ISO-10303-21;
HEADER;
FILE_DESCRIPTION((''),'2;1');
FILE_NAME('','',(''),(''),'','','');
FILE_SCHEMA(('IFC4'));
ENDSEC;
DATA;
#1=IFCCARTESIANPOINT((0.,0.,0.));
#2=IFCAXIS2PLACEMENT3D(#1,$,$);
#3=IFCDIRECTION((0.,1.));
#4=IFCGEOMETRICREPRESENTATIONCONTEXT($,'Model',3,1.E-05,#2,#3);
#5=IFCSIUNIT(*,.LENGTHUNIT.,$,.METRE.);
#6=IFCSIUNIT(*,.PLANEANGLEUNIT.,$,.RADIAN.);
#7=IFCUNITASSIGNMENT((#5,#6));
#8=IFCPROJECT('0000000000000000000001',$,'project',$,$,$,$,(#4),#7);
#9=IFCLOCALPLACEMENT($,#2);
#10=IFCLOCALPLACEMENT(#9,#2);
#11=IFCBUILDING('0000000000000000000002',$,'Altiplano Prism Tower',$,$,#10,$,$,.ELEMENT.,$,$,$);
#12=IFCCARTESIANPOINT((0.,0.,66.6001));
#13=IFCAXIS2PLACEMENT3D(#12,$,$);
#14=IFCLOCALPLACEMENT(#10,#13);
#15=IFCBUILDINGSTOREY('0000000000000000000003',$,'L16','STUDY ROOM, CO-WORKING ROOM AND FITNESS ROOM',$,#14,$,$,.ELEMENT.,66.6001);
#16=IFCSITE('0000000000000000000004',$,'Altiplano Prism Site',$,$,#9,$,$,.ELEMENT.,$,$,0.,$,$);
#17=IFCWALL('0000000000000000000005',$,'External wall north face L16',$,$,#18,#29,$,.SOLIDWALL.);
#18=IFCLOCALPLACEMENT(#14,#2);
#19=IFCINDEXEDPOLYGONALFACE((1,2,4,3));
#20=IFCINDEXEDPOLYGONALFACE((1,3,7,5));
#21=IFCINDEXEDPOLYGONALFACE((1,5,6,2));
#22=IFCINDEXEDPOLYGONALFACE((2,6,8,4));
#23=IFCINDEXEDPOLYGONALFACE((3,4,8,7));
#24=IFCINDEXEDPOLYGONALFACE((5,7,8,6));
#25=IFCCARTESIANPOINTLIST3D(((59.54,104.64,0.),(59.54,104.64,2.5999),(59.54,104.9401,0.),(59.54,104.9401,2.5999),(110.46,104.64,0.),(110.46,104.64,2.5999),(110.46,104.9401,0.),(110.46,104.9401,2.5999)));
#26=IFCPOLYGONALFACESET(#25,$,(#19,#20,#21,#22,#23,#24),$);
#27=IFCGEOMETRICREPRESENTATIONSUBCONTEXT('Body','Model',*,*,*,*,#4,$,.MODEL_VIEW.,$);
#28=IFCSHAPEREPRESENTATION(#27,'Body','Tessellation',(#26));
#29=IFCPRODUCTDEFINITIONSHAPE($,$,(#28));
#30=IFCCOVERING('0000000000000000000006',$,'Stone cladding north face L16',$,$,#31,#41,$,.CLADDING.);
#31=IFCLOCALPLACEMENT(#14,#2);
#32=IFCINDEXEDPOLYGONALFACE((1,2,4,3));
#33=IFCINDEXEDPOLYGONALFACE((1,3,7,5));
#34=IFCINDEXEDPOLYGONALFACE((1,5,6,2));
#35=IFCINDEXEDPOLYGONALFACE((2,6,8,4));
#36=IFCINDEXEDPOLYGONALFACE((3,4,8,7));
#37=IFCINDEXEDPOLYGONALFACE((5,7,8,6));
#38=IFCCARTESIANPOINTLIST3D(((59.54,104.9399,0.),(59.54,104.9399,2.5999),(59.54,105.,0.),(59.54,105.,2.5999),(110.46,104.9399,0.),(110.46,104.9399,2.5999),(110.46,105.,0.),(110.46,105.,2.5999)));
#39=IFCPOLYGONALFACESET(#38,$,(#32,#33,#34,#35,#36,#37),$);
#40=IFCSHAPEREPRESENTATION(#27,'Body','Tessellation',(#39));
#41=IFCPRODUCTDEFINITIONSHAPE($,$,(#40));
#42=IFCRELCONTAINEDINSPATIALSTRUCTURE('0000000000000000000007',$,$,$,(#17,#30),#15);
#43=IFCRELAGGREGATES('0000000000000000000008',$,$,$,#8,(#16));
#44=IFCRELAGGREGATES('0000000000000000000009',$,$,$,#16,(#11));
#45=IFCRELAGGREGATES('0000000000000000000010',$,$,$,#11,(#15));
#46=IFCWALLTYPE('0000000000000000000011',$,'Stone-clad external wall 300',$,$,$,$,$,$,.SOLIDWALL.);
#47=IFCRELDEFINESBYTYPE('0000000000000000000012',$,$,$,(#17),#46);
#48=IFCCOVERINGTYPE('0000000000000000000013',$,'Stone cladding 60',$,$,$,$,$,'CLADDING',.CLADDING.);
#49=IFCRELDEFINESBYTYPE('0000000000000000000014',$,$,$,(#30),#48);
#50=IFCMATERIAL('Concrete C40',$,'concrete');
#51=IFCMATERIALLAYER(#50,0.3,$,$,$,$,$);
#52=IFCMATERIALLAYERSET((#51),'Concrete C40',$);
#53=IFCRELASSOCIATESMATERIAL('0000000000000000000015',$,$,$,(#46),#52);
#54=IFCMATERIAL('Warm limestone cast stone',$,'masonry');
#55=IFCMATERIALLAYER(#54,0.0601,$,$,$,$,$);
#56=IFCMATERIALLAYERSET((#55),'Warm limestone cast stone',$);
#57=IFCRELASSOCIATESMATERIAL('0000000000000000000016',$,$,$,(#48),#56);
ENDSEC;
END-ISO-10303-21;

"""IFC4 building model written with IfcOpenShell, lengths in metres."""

from ifc_helpers import new_model, si_unit, direction, frame, frame_2d, origin, place, context, subcontext, project, spatial, rectangle, extrude, material, layer, layer_set, type_object, element, save


model = new_model("IFC4")

# Units and contexts
model_context = context("Model", 3, precision=1e-05, world=origin(), true_north=direction((0.0, 1.0)))
body_context = subcontext(model_context, "Body", "Model", "MODEL_VIEW")
ifc_project = project(units=[si_unit("LENGTHUNIT", "METRE"), si_unit("PLANEANGLEUNIT", "RADIAN")], contexts=[model_context])

# Site, building, storey
site_placement = place(None, origin())
site = spatial("IfcSite", under=ifc_project, at=site_placement, Name="Altiplano Prism Site", CompositionType="ELEMENT", RefElevation=0.0)
building_placement = place(site_placement, origin())
building = spatial("IfcBuilding", under=site, at=building_placement, Name="Altiplano Prism Tower", CompositionType="ELEMENT")
storey_placement = place(building_placement, frame((0.0, 0.0, 66.6001)))
storey = spatial("IfcBuildingStorey", under=building, at=storey_placement, Name="L16", Description="STUDY ROOM, CO-WORKING ROOM AND FITNESS ROOM", CompositionType="ELEMENT", Elevation=66.6001)

# Wall
ifc_material_1 = material(Name="Concrete C40", Category="concrete")
ifc_layer_1 = layer(ifc_material_1, 0.3)
ifc_layer_set_1 = layer_set([ifc_layer_1], Name="Concrete C40")
wall_type_1 = type_object("IfcWallType", Name="Stone-clad external wall 300", PredefinedType="SOLIDWALL", material=ifc_layer_set_1)
wall_1_placement = place(storey_placement, frame((59.54, 104.79, 0.0), z_axis=(0.0, 0.0, 1.0), x_axis=(1.0, 0.0, 0.0)))
element("IfcWall", 1, at=wall_1_placement, inside=storey, type_object=wall_type_1, Name="External wall north face L16", PredefinedType="SOLIDWALL", context=body_context, shape_type="SweptSolid", body=[
    extrude(rectangle(XDim=50.9199, YDim=0.3, at=frame_2d((25.46, 0.0))), origin(), (0.0, 0.0, 1.0), 2.5999),
])

# Covering
ifc_material_2 = material(Name="Warm limestone cast stone", Category="masonry")
ifc_layer_2 = layer(ifc_material_2, 0.0601)
ifc_layer_set_2 = layer_set([ifc_layer_2], Name="Warm limestone cast stone")
covering_type = type_object("IfcCoveringType", Name="Stone cladding 60", ElementType="CLADDING", PredefinedType="CLADDING", material=ifc_layer_set_2)
covering_placement = place(storey_placement, frame((59.54, 104.97, 0.0), z_axis=(0.0, 0.0, 1.0), x_axis=(1.0, 0.0, 0.0)))
element("IfcCovering", 2, at=covering_placement, inside=storey, type_object=covering_type, Name="Stone cladding north face L16", PredefinedType="CLADDING", context=body_context, shape_type="SweptSolid", body=[
    extrude(rectangle(XDim=50.9199, YDim=0.0601, at=frame_2d((25.46, 0.0))), origin(), (0.0, 0.0, 1.0), 2.5999),
])

save(model, "model.ifc")
